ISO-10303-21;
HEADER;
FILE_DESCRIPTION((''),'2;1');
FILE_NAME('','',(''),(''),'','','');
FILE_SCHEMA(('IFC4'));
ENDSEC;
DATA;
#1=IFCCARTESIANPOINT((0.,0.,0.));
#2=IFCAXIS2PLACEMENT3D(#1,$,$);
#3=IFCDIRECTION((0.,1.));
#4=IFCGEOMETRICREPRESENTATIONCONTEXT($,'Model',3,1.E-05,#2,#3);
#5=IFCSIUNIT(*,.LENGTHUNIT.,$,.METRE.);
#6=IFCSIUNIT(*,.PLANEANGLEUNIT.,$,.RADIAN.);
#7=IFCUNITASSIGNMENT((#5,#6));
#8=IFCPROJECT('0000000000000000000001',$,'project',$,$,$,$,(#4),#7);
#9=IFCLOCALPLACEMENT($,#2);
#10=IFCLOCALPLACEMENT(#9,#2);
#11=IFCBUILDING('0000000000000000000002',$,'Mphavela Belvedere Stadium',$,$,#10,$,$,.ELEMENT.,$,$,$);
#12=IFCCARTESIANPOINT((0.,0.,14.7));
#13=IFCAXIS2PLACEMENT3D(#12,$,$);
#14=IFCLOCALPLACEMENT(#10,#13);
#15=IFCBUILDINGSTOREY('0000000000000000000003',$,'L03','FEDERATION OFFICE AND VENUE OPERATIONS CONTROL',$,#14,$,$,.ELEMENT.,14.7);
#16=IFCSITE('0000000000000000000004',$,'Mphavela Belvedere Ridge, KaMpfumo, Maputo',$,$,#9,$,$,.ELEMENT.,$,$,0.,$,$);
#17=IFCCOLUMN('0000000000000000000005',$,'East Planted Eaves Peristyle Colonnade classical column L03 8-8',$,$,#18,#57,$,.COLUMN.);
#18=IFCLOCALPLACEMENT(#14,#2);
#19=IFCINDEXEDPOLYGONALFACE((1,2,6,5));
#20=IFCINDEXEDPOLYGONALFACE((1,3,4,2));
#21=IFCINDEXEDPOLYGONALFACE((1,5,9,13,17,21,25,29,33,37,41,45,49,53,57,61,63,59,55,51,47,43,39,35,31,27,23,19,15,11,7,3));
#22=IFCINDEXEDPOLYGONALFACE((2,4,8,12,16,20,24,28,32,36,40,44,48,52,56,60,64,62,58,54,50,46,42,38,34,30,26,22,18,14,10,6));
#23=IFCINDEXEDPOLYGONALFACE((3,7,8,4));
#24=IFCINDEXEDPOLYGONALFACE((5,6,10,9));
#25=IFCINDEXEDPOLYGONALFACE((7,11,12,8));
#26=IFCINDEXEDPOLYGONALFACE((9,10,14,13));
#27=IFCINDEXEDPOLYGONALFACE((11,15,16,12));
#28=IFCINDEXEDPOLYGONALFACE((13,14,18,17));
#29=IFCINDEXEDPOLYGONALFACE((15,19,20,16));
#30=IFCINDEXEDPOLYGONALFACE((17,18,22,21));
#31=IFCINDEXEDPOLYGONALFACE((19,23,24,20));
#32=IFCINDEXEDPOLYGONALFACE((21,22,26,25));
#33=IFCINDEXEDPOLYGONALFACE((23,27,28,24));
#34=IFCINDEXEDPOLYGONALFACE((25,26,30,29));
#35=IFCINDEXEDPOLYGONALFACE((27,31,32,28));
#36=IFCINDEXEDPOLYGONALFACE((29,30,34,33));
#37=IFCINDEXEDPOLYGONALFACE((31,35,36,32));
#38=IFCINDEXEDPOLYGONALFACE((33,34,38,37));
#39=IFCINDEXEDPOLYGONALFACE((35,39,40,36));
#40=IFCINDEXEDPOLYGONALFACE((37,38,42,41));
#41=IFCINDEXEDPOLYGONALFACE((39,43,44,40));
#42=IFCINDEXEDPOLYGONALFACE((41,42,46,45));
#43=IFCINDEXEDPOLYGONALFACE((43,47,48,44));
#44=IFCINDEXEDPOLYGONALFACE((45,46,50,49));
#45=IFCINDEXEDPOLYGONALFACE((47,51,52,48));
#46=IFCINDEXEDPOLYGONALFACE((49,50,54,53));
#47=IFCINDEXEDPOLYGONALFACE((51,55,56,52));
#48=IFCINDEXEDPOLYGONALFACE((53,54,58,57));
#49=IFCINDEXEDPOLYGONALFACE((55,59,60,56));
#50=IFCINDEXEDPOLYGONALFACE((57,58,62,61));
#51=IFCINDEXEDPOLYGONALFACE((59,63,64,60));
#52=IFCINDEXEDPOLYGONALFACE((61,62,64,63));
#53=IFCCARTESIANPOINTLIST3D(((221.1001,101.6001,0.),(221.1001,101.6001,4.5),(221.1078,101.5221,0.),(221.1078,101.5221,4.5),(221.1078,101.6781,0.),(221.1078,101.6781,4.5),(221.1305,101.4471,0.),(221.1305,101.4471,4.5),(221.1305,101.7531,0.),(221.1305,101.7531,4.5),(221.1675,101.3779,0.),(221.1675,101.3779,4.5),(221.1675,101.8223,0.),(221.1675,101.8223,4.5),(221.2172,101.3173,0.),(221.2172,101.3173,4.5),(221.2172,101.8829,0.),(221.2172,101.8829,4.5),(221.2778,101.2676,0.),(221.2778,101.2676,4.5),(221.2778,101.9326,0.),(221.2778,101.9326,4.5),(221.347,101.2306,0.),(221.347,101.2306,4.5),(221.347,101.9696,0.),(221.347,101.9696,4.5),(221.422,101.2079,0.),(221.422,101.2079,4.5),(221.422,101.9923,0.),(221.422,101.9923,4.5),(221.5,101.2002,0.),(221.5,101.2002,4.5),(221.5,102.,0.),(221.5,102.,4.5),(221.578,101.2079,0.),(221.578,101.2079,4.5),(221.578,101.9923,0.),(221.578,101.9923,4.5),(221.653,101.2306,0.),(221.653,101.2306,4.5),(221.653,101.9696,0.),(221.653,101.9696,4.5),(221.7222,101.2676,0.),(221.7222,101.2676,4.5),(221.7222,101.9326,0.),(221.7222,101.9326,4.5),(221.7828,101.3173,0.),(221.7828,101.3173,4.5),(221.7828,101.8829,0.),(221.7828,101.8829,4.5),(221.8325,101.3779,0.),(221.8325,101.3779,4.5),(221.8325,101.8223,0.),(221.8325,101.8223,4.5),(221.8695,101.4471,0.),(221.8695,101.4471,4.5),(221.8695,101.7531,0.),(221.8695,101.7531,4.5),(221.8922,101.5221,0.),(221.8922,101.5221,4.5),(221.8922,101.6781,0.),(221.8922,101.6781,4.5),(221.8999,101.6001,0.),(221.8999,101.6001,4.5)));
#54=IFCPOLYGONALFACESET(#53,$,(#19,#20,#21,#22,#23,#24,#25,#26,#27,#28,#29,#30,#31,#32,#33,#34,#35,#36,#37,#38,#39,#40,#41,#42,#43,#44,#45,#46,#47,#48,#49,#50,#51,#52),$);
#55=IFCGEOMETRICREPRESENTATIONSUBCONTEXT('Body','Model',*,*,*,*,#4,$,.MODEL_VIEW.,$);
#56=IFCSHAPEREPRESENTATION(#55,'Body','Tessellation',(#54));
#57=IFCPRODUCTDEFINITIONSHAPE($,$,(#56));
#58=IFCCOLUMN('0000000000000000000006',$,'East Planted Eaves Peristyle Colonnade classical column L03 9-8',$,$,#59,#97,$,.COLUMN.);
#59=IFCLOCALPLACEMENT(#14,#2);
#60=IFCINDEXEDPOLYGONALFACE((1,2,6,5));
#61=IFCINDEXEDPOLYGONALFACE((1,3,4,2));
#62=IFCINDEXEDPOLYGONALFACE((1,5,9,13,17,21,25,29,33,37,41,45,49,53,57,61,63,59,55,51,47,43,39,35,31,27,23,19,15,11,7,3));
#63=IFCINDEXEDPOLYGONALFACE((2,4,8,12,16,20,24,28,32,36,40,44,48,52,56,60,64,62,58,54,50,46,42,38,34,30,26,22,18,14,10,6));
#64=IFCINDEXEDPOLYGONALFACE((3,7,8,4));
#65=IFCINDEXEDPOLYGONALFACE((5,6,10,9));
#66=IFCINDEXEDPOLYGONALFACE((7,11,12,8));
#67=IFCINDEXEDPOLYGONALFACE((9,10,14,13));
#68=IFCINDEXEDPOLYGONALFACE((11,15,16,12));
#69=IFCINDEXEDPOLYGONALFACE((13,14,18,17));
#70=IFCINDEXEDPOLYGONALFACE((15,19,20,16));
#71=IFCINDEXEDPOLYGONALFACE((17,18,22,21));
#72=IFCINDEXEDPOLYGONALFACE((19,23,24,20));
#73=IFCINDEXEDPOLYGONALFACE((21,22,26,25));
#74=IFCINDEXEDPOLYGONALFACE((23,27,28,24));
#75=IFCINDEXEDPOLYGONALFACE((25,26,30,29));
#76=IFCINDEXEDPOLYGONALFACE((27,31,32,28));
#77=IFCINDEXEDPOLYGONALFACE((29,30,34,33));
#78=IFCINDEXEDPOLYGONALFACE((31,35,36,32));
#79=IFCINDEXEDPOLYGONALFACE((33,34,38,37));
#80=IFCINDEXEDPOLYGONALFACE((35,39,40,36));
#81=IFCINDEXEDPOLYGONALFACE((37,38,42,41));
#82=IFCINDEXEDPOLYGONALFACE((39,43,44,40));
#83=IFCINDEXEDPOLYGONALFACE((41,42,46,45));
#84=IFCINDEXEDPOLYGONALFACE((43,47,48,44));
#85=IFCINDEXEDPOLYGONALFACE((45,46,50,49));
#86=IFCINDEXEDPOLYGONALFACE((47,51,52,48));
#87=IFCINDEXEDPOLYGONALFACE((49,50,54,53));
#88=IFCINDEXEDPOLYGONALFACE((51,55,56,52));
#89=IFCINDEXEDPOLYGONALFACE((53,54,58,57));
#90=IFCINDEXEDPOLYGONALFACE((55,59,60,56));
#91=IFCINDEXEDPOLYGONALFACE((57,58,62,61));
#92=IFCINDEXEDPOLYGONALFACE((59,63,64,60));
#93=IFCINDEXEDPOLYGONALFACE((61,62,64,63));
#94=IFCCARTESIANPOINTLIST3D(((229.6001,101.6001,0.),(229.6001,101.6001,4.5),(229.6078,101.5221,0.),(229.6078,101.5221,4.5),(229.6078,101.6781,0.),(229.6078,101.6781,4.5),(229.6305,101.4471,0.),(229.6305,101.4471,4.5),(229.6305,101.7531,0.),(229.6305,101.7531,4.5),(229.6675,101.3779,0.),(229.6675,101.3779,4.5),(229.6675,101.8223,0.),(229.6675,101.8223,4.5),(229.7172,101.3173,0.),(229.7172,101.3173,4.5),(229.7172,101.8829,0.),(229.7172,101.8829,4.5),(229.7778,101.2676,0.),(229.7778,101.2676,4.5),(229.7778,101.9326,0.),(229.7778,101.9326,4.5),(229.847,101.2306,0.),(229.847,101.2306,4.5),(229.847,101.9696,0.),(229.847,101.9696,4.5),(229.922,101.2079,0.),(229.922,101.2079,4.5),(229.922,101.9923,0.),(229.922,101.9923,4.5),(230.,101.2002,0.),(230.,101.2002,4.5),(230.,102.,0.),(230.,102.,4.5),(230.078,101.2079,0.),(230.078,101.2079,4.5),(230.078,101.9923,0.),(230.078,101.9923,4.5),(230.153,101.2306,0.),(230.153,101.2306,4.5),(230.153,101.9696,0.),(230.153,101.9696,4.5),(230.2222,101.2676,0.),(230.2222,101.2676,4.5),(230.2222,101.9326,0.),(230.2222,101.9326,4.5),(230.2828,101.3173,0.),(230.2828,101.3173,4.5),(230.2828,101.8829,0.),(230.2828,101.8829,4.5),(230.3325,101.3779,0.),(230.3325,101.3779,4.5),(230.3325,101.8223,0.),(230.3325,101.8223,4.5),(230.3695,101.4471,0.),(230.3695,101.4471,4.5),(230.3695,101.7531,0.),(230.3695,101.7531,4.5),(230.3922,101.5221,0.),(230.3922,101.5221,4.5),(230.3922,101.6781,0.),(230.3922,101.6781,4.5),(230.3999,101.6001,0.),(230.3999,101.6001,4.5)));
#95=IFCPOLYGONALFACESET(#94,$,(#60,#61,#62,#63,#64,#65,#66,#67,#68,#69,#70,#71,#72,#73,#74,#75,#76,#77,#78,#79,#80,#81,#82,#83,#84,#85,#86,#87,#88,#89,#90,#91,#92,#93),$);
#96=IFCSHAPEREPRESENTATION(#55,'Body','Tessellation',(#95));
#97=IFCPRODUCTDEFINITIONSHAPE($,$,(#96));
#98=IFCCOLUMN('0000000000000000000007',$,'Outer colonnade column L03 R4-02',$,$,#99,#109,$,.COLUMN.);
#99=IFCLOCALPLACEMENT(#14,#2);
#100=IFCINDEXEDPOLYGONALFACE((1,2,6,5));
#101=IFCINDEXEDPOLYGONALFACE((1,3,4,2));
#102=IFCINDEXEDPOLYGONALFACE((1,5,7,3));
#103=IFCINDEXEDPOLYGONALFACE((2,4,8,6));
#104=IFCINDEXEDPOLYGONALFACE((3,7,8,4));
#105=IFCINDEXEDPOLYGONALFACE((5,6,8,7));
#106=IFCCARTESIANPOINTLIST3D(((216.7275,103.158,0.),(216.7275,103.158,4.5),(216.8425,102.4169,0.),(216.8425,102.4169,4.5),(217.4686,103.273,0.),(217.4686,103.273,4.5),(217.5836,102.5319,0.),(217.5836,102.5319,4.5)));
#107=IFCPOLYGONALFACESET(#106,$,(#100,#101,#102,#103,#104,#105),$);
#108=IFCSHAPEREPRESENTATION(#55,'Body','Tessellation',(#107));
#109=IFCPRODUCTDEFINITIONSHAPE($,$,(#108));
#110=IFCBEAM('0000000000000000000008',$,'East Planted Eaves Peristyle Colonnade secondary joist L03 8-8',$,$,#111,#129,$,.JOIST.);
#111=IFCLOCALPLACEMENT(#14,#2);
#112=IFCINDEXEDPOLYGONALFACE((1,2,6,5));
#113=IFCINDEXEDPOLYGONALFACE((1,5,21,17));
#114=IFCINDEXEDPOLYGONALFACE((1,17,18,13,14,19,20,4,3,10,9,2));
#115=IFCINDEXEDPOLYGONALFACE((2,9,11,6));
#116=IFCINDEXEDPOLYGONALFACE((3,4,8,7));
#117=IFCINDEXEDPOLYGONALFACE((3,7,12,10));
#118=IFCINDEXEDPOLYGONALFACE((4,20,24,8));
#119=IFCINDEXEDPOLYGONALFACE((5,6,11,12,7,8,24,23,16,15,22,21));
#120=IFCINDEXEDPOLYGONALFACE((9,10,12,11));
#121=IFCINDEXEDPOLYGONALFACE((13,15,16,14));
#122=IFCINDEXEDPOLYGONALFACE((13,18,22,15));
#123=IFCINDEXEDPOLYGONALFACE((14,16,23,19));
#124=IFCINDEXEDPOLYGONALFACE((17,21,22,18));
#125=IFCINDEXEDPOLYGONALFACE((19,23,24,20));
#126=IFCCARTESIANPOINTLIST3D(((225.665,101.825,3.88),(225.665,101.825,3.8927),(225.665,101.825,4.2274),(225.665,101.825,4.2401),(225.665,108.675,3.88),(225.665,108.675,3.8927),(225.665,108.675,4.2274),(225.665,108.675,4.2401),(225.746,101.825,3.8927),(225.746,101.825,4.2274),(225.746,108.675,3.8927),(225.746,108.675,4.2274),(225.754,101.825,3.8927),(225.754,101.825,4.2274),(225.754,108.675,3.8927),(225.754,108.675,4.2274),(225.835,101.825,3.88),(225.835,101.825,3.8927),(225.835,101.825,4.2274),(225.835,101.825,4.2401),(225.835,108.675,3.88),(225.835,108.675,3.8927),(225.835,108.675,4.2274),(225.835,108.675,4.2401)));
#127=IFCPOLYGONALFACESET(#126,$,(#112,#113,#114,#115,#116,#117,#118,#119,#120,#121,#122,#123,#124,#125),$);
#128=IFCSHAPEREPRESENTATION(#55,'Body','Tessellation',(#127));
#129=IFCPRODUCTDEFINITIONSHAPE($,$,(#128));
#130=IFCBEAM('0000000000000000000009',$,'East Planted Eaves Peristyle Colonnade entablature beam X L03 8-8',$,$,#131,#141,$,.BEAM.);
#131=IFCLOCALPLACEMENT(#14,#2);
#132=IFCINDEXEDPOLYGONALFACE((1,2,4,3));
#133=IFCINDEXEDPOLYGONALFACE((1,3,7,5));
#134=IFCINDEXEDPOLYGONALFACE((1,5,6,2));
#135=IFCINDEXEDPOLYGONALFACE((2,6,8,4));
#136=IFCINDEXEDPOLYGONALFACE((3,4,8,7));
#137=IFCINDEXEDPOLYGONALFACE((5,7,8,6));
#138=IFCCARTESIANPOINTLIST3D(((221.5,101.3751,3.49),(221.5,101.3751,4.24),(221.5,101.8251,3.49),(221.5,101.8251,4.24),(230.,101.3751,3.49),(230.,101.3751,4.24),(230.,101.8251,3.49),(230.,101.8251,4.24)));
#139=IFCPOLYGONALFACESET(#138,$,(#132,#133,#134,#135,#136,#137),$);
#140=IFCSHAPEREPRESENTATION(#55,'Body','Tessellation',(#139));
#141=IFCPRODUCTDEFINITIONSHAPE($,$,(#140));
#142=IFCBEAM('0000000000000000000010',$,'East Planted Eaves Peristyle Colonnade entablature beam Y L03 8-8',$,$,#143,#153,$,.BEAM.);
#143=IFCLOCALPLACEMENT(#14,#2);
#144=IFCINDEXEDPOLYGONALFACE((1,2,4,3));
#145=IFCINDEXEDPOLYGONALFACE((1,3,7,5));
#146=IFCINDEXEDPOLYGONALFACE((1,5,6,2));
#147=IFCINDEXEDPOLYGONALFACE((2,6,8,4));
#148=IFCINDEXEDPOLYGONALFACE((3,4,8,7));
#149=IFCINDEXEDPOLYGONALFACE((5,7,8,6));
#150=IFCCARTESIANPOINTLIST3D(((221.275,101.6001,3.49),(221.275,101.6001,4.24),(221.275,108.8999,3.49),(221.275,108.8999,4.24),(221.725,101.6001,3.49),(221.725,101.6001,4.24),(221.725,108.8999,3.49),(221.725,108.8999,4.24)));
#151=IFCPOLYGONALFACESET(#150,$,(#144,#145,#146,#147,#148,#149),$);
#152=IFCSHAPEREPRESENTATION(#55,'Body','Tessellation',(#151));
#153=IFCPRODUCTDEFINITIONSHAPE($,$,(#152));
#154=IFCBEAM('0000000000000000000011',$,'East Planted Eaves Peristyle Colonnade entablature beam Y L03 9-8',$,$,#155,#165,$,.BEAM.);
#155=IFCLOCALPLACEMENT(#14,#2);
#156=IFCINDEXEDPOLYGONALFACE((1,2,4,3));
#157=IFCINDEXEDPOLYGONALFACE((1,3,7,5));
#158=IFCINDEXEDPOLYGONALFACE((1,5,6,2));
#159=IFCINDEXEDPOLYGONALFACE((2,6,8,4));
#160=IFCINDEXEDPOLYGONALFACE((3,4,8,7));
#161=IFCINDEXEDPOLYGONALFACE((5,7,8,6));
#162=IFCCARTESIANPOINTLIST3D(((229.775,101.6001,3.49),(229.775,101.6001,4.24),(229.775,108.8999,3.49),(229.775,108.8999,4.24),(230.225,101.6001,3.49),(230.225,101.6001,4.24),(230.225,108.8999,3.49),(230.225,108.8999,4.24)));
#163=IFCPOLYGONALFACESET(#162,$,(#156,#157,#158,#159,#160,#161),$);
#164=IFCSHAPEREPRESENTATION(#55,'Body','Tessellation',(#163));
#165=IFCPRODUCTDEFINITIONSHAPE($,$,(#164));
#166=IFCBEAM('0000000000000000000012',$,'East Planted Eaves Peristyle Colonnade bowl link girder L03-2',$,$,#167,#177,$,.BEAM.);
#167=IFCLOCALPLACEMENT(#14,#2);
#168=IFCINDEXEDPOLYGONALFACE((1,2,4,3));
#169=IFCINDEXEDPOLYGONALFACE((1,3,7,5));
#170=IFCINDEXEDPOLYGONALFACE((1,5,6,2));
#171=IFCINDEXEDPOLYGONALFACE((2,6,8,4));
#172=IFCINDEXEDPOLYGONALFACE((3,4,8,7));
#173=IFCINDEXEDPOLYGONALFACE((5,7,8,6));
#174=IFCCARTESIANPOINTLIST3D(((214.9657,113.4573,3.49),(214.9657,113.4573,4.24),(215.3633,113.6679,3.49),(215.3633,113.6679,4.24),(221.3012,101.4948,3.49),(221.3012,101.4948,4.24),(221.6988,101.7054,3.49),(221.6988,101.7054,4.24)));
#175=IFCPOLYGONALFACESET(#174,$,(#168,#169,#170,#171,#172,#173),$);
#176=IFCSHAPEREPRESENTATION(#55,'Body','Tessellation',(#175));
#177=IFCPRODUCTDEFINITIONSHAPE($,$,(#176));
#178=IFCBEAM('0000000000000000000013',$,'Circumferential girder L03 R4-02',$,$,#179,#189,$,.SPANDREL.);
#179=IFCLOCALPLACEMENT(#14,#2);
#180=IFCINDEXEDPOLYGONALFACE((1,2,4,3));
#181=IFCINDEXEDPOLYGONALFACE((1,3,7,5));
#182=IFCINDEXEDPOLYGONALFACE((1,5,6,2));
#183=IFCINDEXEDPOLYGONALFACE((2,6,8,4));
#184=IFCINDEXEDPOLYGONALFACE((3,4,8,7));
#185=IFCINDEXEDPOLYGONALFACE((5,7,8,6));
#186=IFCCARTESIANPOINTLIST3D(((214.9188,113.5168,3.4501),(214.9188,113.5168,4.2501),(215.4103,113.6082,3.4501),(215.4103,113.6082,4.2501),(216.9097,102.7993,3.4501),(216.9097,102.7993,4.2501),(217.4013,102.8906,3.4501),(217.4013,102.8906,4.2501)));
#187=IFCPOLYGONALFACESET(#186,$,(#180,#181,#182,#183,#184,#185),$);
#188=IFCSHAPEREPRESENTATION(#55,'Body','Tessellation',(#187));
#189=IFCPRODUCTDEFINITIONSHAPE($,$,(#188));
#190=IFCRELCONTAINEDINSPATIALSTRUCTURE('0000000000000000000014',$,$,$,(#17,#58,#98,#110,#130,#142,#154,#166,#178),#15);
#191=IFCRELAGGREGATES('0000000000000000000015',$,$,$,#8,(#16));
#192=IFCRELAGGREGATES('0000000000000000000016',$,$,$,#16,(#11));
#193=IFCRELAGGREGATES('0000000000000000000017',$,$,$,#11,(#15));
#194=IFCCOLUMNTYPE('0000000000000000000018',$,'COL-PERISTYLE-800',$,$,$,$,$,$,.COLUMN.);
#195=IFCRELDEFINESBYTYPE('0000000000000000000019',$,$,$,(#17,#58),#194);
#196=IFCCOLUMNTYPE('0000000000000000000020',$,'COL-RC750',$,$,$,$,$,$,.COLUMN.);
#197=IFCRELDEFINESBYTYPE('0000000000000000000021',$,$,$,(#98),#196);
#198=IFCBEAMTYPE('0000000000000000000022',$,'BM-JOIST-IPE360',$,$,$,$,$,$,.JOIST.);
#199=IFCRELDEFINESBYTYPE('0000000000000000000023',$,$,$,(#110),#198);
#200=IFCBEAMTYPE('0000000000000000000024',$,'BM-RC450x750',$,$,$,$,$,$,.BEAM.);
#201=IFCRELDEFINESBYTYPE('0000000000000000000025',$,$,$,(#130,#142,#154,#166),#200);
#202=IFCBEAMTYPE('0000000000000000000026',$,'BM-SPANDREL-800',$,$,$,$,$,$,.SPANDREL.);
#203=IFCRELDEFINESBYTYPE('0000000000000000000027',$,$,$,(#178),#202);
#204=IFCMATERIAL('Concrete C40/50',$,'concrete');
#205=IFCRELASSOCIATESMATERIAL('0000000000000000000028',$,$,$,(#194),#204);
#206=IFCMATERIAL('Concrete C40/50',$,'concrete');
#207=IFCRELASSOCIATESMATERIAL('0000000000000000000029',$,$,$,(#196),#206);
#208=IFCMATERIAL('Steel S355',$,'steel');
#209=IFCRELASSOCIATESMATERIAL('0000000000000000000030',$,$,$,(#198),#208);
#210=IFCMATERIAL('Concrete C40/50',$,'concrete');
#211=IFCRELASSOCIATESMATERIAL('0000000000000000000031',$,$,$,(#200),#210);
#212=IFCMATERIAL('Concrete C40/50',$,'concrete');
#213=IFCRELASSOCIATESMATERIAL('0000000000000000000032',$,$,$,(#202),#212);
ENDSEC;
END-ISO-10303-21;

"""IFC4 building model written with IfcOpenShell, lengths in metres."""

from ifc_helpers import new_model, si_unit, direction, frame, origin, origin_2d, place, context, subcontext, project, spatial, rectangle, circle, i_section, extrude, material, material_profile, profile_set, type_object, element, save


model = new_model("IFC4")

# Units and contexts
model_context = context("Model", 3, precision=1e-05, world=origin(), true_north=direction((0.0, 1.0)))
body_context = subcontext(model_context, "Body", "Model", "MODEL_VIEW")
ifc_project = project(units=[si_unit("LENGTHUNIT", "METRE"), si_unit("PLANEANGLEUNIT", "RADIAN")], contexts=[model_context])

# Site, building, storey
site_placement = place(None, origin())
site = spatial("IfcSite", under=ifc_project, at=site_placement, Name="Mphavela Belvedere Ridge, KaMpfumo, Maputo", CompositionType="ELEMENT", RefElevation=0.0)
building_placement = place(site_placement, origin())
building = spatial("IfcBuilding", under=site, at=building_placement, Name="Mphavela Belvedere Stadium", CompositionType="ELEMENT")
storey_placement = place(building_placement, frame((0.0, 0.0, 14.7)))
storey = spatial("IfcBuildingStorey", under=building, at=storey_placement, Name="L03", Description="FEDERATION OFFICE AND VENUE OPERATIONS CONTROL", CompositionType="ELEMENT", Elevation=14.7)

# Columns
ifc_material_1 = material(Name="Concrete C40/50", Category="concrete")
ifc_material_profile_1 = material_profile(ifc_material_1, circle(Radius=0.3999, at=origin_2d()), Name="COL D800")
ifc_profile_set_1 = profile_set([ifc_material_profile_1], Name="Concrete C40/50")
column_type_1 = type_object("IfcColumnType", Name="COL-PERISTYLE-800", PredefinedType="COLUMN", material=ifc_profile_set_1)
for number, where, z_axis, x_axis, name in (
    (1, (221.5, 101.6001, 0.0), (0.0, 0.0, 1.0), (1.0, 0.0, 0.0), "East Planted Eaves Peristyle Colonnade classical column L03 8-8"),
    (2, (230.0, 101.6001, 0.0), (0.0, 0.0, 1.0), (1.0, 0.0, 0.0), "East Planted Eaves Peristyle Colonnade classical column L03 9-8"),
):
    element("IfcColumn", number, at=place(storey_placement, frame(where, z_axis=z_axis, x_axis=x_axis)), inside=storey, type_object=column_type_1, Name=name, PredefinedType="COLUMN", context=body_context, shape_type="SweptSolid", body=[
        extrude(circle(Radius=0.3999, at=origin_2d()), origin(), (0.0, 0.0, 1.0), 4.5),
    ])
ifc_material_2 = material(Name="Concrete C40/50", Category="concrete")
ifc_material_profile_2 = material_profile(ifc_material_2, rectangle(XDim=0.75, YDim=0.75, at=origin_2d()), Name="RC 750x750")
ifc_profile_set_2 = profile_set([ifc_material_profile_2], Name="Concrete C40/50")
column_type_2 = type_object("IfcColumnType", Name="COL-RC750", PredefinedType="COLUMN", material=ifc_profile_set_2)
column_placement = place(storey_placement, frame((217.1555, 102.845, 0.0), z_axis=(0.0, 0.0, 1.0), x_axis=(0.988175, 0.153331, 0.0)))
element("IfcColumn", 3, at=column_placement, inside=storey, type_object=column_type_2, Name="Outer colonnade column L03 R4-02", PredefinedType="COLUMN", context=body_context, shape_type="SweptSolid", body=[
    extrude(rectangle(XDim=0.75, YDim=0.75, at=origin_2d()), origin(), (0.0, 0.0, 1.0), 4.5),
])

# Beams
ifc_material_3 = material(Name="Steel S355", Category="steel")
ifc_material_profile_3 = material_profile(ifc_material_3, i_section(OverallWidth=0.1699, OverallDepth=0.3601, WebThickness=0.0081, FlangeThickness=0.0127, at=origin_2d()), Name="IPE 360")
ifc_profile_set_3 = profile_set([ifc_material_profile_3], Name="Steel S355")
beam_type_1 = type_object("IfcBeamType", Name="BM-JOIST-IPE360", PredefinedType="JOIST", material=ifc_profile_set_3)
beam_1_placement = place(storey_placement, frame((225.75, 101.825, 4.0601), z_axis=(0.0, 1.0, 0.0), x_axis=(-1.0, 0.0, 0.0)))
element("IfcBeam", 4, at=beam_1_placement, inside=storey, type_object=beam_type_1, Name="East Planted Eaves Peristyle Colonnade secondary joist L03 8-8", PredefinedType="JOIST", context=body_context, shape_type="SweptSolid", body=[
    extrude(i_section(OverallWidth=0.1699, OverallDepth=0.3601, WebThickness=0.0081, FlangeThickness=0.0127, at=origin_2d()), origin(), (0.0, 0.0, 1.0), 6.8501),
])
ifc_material_4 = material(Name="Concrete C40/50", Category="concrete")
ifc_material_profile_4 = material_profile(ifc_material_4, rectangle(XDim=0.45, YDim=0.75, at=origin_2d()), Name="RC 450x750")
ifc_profile_set_4 = profile_set([ifc_material_profile_4], Name="Concrete C40/50")
beam_type_2 = type_object("IfcBeamType", Name="BM-RC450x750", PredefinedType="BEAM", material=ifc_profile_set_4)
beam_2_placement = place(storey_placement, frame((221.5, 101.6001, 3.865), z_axis=(1.0, 0.0, 0.0), x_axis=(0.0, 1.0, 0.0)))
element("IfcBeam", 5, at=beam_2_placement, inside=storey, type_object=beam_type_2, Name="East Planted Eaves Peristyle Colonnade entablature beam X L03 8-8", PredefinedType="BEAM", context=body_context, shape_type="SweptSolid", body=[
    extrude(rectangle(XDim=0.45, YDim=0.75, at=origin_2d()), origin(), (0.0, 0.0, 1.0), 8.5),
])
for number, where, z_axis, x_axis, name in (
    (6, (221.5, 101.6001, 3.865), (0.0, 1.0, 0.0), (-1.0, 0.0, 0.0), "East Planted Eaves Peristyle Colonnade entablature beam Y L03 8-8"),
    (7, (230.0, 101.6001, 3.865), (0.0, 1.0, 0.0), (-1.0, 0.0, 0.0), "East Planted Eaves Peristyle Colonnade entablature beam Y L03 9-8"),
):
    element("IfcBeam", number, at=place(storey_placement, frame(where, z_axis=z_axis, x_axis=x_axis)), inside=storey, type_object=beam_type_2, Name=name, PredefinedType="BEAM", context=body_context, shape_type="SweptSolid", body=[
        extrude(rectangle(XDim=0.45, YDim=0.75, at=origin_2d()), origin(), (0.0, 0.0, 1.0), 7.2998),
    ])
beam_3_placement = place(storey_placement, frame((221.5, 101.6001, 3.865), z_axis=(-0.468027, 0.883714, 0.0), x_axis=(-0.883714, -0.468027, 0.0)))
element("IfcBeam", 8, at=beam_3_placement, inside=storey, type_object=beam_type_2, Name="East Planted Eaves Peristyle Colonnade bowl link girder L03-2", PredefinedType="BEAM", context=body_context, shape_type="SweptSolid", body=[
    extrude(rectangle(XDim=0.45, YDim=0.75, at=origin_2d()), origin(), (0.0, 0.0, 1.0), 13.5366),
])
ifc_material_5 = material(Name="Concrete C40/50", Category="concrete")
ifc_material_profile_5 = material_profile(ifc_material_5, rectangle(XDim=0.5, YDim=0.8, at=origin_2d()), Name="RC 500x800")
ifc_profile_set_5 = profile_set([ifc_material_profile_5], Name="Concrete C40/50")
beam_type_3 = type_object("IfcBeamType", Name="BM-SPANDREL-800", PredefinedType="SPANDREL", material=ifc_profile_set_5)
beam_4_placement = place(storey_placement, frame((217.1555, 102.845, 3.8501), z_axis=(-0.182643, 0.983179, 0.0), x_axis=(-0.983179, -0.182643, 0.0)))
element("IfcBeam", 9, at=beam_4_placement, inside=storey, type_object=beam_type_3, Name="Circumferential girder L03 R4-02", PredefinedType="SPANDREL", context=body_context, shape_type="SweptSolid", body=[
    extrude(rectangle(XDim=0.5, YDim=0.8, at=origin_2d()), origin(), (0.0, 0.0, 1.0), 10.9009),
])

save(model, "model.ifc")
